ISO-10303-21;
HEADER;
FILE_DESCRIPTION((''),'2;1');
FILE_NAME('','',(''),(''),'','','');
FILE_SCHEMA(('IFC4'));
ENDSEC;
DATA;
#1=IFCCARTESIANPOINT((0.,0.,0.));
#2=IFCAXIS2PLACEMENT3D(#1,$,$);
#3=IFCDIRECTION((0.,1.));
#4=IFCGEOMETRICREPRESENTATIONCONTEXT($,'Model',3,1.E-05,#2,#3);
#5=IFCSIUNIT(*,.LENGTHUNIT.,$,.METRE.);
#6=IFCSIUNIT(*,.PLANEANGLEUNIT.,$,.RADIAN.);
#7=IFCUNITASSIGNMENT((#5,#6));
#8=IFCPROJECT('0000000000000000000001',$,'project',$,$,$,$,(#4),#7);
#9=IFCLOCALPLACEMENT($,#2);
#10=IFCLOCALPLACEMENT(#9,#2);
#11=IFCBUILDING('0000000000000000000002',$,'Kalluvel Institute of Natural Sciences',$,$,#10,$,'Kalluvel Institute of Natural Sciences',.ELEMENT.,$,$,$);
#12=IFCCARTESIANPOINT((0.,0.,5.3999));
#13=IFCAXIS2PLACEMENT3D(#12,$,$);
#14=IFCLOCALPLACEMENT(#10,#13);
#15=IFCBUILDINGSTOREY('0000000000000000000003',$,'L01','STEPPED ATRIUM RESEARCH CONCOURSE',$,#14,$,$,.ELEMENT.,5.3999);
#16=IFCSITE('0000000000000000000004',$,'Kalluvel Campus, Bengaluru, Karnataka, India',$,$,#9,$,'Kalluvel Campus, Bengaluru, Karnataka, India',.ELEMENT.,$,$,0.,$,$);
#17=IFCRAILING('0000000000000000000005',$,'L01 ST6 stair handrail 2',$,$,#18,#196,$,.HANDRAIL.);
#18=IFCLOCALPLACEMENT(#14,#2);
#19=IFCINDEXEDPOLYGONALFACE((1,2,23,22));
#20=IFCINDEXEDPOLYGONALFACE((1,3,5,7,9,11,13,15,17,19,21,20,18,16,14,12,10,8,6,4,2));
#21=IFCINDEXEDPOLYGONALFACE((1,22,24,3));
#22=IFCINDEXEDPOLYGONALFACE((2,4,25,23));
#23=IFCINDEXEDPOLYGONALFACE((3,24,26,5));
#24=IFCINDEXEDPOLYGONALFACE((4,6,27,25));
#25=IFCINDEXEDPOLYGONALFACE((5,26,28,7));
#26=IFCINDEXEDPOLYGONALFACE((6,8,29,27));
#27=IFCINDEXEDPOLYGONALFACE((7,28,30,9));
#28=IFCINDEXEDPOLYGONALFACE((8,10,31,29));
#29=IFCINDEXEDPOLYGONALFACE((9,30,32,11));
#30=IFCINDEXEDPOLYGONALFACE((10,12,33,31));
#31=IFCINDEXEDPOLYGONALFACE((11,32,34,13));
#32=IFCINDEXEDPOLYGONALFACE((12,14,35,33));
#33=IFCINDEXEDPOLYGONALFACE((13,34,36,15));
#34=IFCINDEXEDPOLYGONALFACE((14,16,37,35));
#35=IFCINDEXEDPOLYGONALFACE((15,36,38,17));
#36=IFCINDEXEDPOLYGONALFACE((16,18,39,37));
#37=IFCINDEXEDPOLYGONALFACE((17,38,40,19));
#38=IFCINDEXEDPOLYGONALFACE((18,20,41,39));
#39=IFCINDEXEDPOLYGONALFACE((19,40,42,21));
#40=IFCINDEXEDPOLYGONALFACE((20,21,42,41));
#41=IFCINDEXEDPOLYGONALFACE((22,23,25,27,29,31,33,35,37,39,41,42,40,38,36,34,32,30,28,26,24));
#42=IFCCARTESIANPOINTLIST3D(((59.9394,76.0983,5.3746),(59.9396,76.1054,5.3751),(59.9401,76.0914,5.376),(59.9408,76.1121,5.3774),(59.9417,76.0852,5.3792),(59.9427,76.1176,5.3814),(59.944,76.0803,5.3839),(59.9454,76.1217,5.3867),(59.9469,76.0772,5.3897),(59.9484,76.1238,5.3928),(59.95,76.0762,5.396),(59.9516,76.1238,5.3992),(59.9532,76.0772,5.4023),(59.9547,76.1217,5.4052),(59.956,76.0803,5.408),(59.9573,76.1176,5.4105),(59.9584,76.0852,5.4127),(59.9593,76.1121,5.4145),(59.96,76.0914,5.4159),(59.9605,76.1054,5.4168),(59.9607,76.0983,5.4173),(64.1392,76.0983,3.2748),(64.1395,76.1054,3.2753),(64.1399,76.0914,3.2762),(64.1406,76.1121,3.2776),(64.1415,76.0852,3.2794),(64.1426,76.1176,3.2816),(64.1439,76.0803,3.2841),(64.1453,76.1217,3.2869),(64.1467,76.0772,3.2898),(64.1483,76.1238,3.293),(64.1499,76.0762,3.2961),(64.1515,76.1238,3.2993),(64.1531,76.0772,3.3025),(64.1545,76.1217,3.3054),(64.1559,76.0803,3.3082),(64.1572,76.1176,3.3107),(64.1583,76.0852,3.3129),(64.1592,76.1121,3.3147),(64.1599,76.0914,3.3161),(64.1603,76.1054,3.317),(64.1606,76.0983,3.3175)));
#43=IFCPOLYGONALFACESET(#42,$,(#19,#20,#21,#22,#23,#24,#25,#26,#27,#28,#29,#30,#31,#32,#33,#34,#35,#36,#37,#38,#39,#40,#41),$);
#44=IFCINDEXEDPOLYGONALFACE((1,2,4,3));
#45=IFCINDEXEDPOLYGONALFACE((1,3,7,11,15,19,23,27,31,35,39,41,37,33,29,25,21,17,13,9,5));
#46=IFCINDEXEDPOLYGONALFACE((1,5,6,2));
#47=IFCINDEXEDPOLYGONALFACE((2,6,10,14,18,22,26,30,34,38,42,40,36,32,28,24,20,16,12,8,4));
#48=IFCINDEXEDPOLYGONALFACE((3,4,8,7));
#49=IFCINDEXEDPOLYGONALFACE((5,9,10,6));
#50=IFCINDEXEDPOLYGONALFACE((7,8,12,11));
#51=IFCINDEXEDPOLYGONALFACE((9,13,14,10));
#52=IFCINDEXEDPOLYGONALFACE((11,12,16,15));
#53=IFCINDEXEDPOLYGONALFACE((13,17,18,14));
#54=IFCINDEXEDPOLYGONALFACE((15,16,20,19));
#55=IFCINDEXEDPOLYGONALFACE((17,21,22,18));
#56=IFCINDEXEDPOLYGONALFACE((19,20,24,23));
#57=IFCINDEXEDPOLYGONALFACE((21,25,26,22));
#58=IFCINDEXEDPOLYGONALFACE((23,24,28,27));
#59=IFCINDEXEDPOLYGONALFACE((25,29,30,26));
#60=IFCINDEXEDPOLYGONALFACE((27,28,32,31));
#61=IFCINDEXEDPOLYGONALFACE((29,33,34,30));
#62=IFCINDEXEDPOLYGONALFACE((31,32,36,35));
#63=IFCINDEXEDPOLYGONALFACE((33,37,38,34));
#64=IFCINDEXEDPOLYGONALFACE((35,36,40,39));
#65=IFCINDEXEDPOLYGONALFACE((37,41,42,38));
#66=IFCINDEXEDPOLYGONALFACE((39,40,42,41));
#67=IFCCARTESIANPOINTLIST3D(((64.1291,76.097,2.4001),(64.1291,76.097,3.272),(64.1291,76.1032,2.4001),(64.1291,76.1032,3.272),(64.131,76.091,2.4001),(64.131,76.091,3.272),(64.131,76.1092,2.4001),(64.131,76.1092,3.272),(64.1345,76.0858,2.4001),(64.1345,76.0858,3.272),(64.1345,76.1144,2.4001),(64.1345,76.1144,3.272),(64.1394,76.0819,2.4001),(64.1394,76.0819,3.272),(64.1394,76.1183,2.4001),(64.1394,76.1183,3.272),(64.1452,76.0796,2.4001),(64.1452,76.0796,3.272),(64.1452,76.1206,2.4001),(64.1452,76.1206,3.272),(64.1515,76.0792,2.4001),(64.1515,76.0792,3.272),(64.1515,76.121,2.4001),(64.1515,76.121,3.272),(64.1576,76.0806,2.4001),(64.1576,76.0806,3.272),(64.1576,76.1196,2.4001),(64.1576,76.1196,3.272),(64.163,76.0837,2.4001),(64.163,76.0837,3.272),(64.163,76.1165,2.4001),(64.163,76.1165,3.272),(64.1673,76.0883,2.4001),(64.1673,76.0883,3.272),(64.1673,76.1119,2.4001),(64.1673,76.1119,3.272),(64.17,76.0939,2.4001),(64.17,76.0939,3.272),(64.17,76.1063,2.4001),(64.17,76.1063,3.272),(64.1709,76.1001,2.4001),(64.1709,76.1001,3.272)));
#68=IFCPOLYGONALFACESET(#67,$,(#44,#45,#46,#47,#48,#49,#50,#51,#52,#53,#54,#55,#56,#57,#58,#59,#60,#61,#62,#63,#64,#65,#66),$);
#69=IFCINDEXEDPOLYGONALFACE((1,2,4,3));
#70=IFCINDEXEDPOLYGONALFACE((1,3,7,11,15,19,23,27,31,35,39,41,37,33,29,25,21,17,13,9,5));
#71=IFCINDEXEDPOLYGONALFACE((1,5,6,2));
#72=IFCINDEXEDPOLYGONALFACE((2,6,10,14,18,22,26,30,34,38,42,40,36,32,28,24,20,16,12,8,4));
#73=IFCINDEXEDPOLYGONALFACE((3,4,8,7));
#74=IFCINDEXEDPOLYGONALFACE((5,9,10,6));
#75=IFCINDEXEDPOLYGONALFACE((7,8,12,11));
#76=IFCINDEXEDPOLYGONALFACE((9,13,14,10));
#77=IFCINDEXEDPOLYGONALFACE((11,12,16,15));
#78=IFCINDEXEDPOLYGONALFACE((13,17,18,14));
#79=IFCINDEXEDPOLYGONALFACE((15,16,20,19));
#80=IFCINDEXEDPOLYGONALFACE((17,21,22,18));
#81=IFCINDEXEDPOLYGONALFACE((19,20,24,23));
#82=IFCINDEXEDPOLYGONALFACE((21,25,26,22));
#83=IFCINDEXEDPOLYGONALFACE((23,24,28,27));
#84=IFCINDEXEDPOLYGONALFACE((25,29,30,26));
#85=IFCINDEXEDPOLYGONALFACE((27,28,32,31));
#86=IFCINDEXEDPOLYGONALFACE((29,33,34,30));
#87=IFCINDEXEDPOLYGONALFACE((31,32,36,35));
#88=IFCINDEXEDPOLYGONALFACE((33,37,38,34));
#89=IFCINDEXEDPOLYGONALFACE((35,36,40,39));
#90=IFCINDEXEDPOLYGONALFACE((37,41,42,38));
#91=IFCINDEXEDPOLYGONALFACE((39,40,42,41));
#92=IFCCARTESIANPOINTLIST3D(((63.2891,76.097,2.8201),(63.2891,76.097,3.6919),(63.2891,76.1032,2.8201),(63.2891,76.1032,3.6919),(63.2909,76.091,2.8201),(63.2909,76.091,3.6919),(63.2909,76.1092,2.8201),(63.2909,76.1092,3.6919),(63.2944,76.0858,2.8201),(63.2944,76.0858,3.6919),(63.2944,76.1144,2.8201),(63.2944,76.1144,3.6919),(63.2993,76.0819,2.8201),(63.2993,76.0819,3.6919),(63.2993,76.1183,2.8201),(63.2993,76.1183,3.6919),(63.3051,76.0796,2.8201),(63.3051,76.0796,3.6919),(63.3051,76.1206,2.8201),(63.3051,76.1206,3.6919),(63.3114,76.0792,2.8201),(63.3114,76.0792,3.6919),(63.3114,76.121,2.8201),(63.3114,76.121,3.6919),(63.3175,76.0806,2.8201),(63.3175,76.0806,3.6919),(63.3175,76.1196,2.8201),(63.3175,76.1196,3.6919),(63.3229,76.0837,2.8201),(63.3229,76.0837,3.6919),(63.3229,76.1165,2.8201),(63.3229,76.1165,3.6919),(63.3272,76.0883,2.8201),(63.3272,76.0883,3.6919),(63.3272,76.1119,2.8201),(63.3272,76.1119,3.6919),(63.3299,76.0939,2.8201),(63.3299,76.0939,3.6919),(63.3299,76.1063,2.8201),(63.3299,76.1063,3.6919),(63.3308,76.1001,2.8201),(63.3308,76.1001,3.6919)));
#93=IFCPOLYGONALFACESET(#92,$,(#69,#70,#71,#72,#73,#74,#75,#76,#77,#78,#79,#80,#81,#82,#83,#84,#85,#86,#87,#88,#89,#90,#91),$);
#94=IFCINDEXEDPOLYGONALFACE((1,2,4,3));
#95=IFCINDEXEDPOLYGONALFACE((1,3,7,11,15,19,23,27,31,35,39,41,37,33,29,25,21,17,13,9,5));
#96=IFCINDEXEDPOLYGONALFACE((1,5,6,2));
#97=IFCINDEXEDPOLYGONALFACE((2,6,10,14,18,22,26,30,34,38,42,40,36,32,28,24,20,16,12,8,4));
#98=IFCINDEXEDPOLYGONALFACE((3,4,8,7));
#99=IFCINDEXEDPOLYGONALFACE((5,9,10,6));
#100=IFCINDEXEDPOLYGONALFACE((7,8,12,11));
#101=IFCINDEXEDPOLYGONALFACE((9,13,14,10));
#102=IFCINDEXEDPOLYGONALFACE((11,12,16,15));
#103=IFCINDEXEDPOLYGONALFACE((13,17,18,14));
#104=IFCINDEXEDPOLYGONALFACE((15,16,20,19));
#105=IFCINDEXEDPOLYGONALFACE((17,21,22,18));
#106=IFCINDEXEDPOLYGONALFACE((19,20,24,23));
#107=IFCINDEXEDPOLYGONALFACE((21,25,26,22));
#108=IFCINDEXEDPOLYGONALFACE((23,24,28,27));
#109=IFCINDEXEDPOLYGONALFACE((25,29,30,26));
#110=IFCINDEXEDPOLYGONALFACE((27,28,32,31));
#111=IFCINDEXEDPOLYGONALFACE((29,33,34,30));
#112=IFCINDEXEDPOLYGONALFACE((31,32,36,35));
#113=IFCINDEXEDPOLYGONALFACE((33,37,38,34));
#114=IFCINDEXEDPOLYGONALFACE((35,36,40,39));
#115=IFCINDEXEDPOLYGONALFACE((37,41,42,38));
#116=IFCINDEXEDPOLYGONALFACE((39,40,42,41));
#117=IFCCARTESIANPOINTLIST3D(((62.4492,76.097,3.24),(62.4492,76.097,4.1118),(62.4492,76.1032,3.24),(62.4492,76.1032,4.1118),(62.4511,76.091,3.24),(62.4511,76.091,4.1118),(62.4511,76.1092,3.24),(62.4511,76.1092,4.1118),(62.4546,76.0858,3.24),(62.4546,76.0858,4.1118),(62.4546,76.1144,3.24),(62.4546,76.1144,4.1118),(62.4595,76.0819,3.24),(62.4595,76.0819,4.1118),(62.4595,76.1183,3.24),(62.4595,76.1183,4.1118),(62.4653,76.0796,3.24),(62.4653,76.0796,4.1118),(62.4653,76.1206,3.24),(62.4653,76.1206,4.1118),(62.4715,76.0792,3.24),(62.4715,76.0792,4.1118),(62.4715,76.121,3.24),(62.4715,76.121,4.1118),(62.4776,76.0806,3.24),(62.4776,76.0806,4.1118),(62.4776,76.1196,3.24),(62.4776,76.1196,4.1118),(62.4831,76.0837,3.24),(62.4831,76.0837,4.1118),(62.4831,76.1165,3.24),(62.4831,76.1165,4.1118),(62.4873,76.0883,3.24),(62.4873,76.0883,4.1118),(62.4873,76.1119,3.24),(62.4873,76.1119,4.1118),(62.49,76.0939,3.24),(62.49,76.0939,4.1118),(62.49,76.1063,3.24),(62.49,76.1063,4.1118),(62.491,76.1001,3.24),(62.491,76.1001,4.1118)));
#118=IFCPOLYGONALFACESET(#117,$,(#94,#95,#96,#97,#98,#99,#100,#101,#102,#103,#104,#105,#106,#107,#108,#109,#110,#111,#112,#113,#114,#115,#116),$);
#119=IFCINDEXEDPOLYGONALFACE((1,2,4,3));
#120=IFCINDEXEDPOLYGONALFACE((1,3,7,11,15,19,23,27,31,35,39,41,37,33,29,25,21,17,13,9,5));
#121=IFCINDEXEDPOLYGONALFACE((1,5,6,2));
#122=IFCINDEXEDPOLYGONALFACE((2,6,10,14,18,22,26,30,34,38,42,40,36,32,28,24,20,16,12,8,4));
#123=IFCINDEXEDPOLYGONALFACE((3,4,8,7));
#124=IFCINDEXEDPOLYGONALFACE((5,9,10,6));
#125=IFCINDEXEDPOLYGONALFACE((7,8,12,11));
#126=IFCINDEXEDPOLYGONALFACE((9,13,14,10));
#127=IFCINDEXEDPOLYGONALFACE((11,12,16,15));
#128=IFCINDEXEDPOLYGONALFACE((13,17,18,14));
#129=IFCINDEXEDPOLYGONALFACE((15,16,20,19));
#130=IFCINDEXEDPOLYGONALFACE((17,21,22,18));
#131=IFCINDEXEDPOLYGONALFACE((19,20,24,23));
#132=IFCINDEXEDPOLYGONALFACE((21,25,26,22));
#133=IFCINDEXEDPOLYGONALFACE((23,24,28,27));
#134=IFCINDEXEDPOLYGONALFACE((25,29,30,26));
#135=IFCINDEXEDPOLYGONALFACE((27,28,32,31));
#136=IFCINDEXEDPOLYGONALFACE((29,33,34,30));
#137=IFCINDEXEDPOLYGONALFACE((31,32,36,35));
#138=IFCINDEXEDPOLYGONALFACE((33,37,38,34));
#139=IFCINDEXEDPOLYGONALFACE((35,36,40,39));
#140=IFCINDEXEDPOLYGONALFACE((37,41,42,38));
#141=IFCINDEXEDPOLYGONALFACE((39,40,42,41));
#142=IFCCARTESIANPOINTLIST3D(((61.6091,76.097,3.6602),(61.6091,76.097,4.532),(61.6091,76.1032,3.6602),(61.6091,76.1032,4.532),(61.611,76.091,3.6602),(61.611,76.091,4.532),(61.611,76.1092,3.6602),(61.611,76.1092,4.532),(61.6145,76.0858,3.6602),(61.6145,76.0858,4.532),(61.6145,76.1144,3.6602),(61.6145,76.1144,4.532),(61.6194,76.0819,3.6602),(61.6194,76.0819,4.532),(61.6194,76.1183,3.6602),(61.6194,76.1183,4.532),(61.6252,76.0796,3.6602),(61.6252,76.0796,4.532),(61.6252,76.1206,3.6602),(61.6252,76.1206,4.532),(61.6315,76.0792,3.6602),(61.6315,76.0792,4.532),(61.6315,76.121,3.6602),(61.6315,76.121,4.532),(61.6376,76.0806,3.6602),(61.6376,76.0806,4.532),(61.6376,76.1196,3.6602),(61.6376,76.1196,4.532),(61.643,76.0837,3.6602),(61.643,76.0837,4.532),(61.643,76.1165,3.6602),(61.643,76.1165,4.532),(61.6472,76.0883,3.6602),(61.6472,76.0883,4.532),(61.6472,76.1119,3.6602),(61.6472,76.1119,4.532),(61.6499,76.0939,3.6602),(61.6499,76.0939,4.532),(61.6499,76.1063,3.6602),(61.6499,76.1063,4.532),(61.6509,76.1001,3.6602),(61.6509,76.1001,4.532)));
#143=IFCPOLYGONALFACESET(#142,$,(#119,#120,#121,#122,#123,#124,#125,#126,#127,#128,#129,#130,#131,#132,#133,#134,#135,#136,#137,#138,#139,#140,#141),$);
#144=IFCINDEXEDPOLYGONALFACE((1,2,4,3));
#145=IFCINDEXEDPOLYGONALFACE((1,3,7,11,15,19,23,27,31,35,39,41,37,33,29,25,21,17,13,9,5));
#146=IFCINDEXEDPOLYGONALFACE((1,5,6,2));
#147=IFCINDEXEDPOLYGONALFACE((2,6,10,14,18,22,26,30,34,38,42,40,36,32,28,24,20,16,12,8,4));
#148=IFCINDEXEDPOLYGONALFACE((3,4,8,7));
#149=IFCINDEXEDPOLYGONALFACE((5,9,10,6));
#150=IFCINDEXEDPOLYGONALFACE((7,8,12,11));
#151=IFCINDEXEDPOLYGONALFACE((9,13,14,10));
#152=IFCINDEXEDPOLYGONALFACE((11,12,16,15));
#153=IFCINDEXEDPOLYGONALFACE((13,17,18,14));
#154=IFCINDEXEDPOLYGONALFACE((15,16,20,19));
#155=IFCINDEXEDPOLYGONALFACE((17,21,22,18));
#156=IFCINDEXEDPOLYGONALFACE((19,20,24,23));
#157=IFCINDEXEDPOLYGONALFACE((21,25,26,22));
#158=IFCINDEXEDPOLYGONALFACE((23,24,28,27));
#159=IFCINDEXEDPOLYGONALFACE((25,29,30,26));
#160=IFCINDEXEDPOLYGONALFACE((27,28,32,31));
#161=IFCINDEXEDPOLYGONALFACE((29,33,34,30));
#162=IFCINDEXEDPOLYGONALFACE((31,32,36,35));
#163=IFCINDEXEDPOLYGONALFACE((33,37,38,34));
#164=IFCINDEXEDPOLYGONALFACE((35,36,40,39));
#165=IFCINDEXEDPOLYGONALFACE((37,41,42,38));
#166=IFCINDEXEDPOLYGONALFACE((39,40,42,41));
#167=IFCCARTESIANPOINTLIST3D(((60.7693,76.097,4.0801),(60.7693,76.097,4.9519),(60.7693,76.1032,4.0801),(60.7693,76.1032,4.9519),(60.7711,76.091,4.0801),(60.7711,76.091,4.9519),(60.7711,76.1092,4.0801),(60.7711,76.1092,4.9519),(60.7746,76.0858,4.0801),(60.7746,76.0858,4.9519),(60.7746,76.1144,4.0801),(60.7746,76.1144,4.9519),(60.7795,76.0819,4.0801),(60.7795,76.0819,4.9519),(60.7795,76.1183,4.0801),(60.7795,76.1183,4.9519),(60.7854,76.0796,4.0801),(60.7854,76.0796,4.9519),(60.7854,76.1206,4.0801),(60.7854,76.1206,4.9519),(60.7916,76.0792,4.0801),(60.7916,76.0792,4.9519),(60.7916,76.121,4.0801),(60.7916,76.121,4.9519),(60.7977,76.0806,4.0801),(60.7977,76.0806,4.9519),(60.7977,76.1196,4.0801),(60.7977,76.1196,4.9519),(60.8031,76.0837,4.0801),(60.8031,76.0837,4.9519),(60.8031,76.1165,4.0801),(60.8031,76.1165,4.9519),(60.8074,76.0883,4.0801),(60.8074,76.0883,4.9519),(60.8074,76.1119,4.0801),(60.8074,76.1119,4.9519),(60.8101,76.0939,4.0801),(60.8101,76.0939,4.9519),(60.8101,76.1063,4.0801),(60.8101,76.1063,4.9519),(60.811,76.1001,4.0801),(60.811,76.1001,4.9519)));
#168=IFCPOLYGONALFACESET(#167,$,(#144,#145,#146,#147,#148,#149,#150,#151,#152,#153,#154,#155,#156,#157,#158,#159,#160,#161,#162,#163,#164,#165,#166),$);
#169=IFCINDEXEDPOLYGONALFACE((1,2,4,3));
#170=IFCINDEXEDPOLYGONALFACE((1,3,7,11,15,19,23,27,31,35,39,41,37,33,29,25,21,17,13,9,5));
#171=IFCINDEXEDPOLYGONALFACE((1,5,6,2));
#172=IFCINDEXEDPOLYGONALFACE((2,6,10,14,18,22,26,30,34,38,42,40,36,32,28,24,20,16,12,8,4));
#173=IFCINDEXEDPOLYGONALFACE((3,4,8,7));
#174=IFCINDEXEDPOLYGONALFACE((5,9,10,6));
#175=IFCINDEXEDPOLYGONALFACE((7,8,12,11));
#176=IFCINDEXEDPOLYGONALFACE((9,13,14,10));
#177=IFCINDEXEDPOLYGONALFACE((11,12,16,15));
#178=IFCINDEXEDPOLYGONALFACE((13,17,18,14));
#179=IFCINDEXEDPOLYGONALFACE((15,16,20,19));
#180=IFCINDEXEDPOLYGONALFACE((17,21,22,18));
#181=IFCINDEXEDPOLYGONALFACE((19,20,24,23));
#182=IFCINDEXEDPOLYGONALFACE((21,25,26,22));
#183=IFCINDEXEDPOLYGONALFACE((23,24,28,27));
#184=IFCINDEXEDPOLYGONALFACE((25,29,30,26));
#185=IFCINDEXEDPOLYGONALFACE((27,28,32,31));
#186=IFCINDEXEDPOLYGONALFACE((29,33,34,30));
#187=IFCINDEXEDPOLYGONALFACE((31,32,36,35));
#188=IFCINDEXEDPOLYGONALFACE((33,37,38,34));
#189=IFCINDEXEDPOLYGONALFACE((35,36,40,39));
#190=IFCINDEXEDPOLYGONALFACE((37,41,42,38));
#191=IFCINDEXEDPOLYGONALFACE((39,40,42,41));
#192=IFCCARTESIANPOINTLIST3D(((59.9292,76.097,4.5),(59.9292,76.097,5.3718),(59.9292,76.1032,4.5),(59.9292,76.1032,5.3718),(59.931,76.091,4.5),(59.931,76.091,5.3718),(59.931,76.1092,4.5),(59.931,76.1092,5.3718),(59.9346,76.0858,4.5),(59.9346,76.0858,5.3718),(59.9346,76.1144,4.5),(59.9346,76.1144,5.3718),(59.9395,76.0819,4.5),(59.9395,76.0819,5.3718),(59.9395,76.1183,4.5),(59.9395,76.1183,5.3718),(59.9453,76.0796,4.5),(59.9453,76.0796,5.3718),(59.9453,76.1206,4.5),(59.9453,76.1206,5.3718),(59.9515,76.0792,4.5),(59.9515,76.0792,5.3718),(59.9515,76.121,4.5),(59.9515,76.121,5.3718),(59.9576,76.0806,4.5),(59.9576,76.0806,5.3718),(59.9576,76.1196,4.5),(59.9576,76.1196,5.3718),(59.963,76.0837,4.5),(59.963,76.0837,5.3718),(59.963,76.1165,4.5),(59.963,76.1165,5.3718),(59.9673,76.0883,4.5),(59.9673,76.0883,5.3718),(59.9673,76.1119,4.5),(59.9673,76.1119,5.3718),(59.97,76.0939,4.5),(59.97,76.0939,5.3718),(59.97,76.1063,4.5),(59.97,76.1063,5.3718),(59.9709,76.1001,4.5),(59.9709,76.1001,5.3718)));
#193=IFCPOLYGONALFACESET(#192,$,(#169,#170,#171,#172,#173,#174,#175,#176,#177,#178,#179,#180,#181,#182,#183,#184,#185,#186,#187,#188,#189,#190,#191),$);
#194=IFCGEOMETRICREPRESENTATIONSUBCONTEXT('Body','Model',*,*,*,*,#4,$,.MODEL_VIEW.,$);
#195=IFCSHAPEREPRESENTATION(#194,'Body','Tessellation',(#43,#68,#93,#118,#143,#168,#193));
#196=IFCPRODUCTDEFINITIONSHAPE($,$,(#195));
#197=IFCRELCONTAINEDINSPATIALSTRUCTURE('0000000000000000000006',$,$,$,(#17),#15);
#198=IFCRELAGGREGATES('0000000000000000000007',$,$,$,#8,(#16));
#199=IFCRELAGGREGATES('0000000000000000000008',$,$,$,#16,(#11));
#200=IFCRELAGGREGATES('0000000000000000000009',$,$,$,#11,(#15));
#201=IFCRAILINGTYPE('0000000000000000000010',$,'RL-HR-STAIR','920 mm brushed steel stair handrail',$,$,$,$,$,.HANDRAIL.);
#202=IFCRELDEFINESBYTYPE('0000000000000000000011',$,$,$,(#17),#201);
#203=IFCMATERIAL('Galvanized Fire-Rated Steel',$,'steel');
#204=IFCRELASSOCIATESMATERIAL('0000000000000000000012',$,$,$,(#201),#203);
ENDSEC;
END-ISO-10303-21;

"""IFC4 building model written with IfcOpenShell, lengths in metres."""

from ifc_helpers import new_model, si_unit, direction, frame, origin, origin_2d, place, context, subcontext, project, spatial, circle, extrude, material, type_object, element, save


model = new_model("IFC4")

# Units and contexts
model_context = context("Model", 3, precision=1e-05, world=origin(), true_north=direction((0.0, 1.0)))
body_context = subcontext(model_context, "Body", "Model", "MODEL_VIEW")
ifc_project = project(units=[si_unit("LENGTHUNIT", "METRE"), si_unit("PLANEANGLEUNIT", "RADIAN")], contexts=[model_context])

# Site, building, storey
site_placement = place(None, origin())
site = spatial("IfcSite", under=ifc_project, at=site_placement, Name="Kalluvel Campus, Bengaluru, Karnataka, India", LongName="Kalluvel Campus, Bengaluru, Karnataka, India", CompositionType="ELEMENT", RefElevation=0.0)
building_placement = place(site_placement, origin())
building = spatial("IfcBuilding", under=site, at=building_placement, Name="Kalluvel Institute of Natural Sciences", LongName="Kalluvel Institute of Natural Sciences", CompositionType="ELEMENT")
storey_placement = place(building_placement, frame((0.0, 0.0, 5.3999)))
storey = spatial("IfcBuildingStorey", under=building, at=storey_placement, Name="L01", Description="STEPPED ATRIUM RESEARCH CONCOURSE", CompositionType="ELEMENT", Elevation=5.3999)

# Railing
ifc_material_1 = material(Name="Galvanized Fire-Rated Steel", Category="steel")
railing_type_1 = type_object("IfcRailingType", Name="RL-HR-STAIR", Description="920 mm brushed steel stair handrail", PredefinedType="HANDRAIL", material=ifc_material_1)
railing_1_placement = place(storey_placement, frame((64.1499, 76.1001, 2.4001)))
element("IfcRailing", 1, at=railing_1_placement, inside=storey, type_object=railing_type_1, Name="L01 ST6 stair handrail 2", PredefinedType="HANDRAIL", context=body_context, shape_type="SweptSolid", body=[
    extrude(circle(Radius=0.0239, at=origin_2d()), frame((0.0, 0.0, 0.896), z_axis=(-0.894438, 0.0, 0.447193), x_axis=(0.0, -1.0, 0.0)), (0.0, 0.0, 1.0), 4.6956),
    extrude(circle(Radius=0.021, at=origin_2d()), origin(), (0.0, 0.0, 1.0), 0.8718),
    extrude(circle(Radius=0.021, at=origin_2d()), frame((-0.8401, 0.0, 0.4199)), (0.0, 0.0, 1.0), 0.8718),
    extrude(circle(Radius=0.021, at=origin_2d()), frame((-1.6799, 0.0, 0.8398)), (0.0, 0.0, 1.0), 0.8718),
    extrude(circle(Radius=0.021, at=origin_2d()), frame((-2.52, 0.0, 1.26)), (0.0, 0.0, 1.0), 0.8718),
    extrude(circle(Radius=0.021, at=origin_2d()), frame((-3.3599, 0.0, 1.6799)), (0.0, 0.0, 1.0), 0.8718),
    extrude(circle(Radius=0.021, at=origin_2d()), frame((-4.2, 0.0, 2.0999)), (0.0, 0.0, 1.0), 0.8718),
])

save(model, "model.ifc")
